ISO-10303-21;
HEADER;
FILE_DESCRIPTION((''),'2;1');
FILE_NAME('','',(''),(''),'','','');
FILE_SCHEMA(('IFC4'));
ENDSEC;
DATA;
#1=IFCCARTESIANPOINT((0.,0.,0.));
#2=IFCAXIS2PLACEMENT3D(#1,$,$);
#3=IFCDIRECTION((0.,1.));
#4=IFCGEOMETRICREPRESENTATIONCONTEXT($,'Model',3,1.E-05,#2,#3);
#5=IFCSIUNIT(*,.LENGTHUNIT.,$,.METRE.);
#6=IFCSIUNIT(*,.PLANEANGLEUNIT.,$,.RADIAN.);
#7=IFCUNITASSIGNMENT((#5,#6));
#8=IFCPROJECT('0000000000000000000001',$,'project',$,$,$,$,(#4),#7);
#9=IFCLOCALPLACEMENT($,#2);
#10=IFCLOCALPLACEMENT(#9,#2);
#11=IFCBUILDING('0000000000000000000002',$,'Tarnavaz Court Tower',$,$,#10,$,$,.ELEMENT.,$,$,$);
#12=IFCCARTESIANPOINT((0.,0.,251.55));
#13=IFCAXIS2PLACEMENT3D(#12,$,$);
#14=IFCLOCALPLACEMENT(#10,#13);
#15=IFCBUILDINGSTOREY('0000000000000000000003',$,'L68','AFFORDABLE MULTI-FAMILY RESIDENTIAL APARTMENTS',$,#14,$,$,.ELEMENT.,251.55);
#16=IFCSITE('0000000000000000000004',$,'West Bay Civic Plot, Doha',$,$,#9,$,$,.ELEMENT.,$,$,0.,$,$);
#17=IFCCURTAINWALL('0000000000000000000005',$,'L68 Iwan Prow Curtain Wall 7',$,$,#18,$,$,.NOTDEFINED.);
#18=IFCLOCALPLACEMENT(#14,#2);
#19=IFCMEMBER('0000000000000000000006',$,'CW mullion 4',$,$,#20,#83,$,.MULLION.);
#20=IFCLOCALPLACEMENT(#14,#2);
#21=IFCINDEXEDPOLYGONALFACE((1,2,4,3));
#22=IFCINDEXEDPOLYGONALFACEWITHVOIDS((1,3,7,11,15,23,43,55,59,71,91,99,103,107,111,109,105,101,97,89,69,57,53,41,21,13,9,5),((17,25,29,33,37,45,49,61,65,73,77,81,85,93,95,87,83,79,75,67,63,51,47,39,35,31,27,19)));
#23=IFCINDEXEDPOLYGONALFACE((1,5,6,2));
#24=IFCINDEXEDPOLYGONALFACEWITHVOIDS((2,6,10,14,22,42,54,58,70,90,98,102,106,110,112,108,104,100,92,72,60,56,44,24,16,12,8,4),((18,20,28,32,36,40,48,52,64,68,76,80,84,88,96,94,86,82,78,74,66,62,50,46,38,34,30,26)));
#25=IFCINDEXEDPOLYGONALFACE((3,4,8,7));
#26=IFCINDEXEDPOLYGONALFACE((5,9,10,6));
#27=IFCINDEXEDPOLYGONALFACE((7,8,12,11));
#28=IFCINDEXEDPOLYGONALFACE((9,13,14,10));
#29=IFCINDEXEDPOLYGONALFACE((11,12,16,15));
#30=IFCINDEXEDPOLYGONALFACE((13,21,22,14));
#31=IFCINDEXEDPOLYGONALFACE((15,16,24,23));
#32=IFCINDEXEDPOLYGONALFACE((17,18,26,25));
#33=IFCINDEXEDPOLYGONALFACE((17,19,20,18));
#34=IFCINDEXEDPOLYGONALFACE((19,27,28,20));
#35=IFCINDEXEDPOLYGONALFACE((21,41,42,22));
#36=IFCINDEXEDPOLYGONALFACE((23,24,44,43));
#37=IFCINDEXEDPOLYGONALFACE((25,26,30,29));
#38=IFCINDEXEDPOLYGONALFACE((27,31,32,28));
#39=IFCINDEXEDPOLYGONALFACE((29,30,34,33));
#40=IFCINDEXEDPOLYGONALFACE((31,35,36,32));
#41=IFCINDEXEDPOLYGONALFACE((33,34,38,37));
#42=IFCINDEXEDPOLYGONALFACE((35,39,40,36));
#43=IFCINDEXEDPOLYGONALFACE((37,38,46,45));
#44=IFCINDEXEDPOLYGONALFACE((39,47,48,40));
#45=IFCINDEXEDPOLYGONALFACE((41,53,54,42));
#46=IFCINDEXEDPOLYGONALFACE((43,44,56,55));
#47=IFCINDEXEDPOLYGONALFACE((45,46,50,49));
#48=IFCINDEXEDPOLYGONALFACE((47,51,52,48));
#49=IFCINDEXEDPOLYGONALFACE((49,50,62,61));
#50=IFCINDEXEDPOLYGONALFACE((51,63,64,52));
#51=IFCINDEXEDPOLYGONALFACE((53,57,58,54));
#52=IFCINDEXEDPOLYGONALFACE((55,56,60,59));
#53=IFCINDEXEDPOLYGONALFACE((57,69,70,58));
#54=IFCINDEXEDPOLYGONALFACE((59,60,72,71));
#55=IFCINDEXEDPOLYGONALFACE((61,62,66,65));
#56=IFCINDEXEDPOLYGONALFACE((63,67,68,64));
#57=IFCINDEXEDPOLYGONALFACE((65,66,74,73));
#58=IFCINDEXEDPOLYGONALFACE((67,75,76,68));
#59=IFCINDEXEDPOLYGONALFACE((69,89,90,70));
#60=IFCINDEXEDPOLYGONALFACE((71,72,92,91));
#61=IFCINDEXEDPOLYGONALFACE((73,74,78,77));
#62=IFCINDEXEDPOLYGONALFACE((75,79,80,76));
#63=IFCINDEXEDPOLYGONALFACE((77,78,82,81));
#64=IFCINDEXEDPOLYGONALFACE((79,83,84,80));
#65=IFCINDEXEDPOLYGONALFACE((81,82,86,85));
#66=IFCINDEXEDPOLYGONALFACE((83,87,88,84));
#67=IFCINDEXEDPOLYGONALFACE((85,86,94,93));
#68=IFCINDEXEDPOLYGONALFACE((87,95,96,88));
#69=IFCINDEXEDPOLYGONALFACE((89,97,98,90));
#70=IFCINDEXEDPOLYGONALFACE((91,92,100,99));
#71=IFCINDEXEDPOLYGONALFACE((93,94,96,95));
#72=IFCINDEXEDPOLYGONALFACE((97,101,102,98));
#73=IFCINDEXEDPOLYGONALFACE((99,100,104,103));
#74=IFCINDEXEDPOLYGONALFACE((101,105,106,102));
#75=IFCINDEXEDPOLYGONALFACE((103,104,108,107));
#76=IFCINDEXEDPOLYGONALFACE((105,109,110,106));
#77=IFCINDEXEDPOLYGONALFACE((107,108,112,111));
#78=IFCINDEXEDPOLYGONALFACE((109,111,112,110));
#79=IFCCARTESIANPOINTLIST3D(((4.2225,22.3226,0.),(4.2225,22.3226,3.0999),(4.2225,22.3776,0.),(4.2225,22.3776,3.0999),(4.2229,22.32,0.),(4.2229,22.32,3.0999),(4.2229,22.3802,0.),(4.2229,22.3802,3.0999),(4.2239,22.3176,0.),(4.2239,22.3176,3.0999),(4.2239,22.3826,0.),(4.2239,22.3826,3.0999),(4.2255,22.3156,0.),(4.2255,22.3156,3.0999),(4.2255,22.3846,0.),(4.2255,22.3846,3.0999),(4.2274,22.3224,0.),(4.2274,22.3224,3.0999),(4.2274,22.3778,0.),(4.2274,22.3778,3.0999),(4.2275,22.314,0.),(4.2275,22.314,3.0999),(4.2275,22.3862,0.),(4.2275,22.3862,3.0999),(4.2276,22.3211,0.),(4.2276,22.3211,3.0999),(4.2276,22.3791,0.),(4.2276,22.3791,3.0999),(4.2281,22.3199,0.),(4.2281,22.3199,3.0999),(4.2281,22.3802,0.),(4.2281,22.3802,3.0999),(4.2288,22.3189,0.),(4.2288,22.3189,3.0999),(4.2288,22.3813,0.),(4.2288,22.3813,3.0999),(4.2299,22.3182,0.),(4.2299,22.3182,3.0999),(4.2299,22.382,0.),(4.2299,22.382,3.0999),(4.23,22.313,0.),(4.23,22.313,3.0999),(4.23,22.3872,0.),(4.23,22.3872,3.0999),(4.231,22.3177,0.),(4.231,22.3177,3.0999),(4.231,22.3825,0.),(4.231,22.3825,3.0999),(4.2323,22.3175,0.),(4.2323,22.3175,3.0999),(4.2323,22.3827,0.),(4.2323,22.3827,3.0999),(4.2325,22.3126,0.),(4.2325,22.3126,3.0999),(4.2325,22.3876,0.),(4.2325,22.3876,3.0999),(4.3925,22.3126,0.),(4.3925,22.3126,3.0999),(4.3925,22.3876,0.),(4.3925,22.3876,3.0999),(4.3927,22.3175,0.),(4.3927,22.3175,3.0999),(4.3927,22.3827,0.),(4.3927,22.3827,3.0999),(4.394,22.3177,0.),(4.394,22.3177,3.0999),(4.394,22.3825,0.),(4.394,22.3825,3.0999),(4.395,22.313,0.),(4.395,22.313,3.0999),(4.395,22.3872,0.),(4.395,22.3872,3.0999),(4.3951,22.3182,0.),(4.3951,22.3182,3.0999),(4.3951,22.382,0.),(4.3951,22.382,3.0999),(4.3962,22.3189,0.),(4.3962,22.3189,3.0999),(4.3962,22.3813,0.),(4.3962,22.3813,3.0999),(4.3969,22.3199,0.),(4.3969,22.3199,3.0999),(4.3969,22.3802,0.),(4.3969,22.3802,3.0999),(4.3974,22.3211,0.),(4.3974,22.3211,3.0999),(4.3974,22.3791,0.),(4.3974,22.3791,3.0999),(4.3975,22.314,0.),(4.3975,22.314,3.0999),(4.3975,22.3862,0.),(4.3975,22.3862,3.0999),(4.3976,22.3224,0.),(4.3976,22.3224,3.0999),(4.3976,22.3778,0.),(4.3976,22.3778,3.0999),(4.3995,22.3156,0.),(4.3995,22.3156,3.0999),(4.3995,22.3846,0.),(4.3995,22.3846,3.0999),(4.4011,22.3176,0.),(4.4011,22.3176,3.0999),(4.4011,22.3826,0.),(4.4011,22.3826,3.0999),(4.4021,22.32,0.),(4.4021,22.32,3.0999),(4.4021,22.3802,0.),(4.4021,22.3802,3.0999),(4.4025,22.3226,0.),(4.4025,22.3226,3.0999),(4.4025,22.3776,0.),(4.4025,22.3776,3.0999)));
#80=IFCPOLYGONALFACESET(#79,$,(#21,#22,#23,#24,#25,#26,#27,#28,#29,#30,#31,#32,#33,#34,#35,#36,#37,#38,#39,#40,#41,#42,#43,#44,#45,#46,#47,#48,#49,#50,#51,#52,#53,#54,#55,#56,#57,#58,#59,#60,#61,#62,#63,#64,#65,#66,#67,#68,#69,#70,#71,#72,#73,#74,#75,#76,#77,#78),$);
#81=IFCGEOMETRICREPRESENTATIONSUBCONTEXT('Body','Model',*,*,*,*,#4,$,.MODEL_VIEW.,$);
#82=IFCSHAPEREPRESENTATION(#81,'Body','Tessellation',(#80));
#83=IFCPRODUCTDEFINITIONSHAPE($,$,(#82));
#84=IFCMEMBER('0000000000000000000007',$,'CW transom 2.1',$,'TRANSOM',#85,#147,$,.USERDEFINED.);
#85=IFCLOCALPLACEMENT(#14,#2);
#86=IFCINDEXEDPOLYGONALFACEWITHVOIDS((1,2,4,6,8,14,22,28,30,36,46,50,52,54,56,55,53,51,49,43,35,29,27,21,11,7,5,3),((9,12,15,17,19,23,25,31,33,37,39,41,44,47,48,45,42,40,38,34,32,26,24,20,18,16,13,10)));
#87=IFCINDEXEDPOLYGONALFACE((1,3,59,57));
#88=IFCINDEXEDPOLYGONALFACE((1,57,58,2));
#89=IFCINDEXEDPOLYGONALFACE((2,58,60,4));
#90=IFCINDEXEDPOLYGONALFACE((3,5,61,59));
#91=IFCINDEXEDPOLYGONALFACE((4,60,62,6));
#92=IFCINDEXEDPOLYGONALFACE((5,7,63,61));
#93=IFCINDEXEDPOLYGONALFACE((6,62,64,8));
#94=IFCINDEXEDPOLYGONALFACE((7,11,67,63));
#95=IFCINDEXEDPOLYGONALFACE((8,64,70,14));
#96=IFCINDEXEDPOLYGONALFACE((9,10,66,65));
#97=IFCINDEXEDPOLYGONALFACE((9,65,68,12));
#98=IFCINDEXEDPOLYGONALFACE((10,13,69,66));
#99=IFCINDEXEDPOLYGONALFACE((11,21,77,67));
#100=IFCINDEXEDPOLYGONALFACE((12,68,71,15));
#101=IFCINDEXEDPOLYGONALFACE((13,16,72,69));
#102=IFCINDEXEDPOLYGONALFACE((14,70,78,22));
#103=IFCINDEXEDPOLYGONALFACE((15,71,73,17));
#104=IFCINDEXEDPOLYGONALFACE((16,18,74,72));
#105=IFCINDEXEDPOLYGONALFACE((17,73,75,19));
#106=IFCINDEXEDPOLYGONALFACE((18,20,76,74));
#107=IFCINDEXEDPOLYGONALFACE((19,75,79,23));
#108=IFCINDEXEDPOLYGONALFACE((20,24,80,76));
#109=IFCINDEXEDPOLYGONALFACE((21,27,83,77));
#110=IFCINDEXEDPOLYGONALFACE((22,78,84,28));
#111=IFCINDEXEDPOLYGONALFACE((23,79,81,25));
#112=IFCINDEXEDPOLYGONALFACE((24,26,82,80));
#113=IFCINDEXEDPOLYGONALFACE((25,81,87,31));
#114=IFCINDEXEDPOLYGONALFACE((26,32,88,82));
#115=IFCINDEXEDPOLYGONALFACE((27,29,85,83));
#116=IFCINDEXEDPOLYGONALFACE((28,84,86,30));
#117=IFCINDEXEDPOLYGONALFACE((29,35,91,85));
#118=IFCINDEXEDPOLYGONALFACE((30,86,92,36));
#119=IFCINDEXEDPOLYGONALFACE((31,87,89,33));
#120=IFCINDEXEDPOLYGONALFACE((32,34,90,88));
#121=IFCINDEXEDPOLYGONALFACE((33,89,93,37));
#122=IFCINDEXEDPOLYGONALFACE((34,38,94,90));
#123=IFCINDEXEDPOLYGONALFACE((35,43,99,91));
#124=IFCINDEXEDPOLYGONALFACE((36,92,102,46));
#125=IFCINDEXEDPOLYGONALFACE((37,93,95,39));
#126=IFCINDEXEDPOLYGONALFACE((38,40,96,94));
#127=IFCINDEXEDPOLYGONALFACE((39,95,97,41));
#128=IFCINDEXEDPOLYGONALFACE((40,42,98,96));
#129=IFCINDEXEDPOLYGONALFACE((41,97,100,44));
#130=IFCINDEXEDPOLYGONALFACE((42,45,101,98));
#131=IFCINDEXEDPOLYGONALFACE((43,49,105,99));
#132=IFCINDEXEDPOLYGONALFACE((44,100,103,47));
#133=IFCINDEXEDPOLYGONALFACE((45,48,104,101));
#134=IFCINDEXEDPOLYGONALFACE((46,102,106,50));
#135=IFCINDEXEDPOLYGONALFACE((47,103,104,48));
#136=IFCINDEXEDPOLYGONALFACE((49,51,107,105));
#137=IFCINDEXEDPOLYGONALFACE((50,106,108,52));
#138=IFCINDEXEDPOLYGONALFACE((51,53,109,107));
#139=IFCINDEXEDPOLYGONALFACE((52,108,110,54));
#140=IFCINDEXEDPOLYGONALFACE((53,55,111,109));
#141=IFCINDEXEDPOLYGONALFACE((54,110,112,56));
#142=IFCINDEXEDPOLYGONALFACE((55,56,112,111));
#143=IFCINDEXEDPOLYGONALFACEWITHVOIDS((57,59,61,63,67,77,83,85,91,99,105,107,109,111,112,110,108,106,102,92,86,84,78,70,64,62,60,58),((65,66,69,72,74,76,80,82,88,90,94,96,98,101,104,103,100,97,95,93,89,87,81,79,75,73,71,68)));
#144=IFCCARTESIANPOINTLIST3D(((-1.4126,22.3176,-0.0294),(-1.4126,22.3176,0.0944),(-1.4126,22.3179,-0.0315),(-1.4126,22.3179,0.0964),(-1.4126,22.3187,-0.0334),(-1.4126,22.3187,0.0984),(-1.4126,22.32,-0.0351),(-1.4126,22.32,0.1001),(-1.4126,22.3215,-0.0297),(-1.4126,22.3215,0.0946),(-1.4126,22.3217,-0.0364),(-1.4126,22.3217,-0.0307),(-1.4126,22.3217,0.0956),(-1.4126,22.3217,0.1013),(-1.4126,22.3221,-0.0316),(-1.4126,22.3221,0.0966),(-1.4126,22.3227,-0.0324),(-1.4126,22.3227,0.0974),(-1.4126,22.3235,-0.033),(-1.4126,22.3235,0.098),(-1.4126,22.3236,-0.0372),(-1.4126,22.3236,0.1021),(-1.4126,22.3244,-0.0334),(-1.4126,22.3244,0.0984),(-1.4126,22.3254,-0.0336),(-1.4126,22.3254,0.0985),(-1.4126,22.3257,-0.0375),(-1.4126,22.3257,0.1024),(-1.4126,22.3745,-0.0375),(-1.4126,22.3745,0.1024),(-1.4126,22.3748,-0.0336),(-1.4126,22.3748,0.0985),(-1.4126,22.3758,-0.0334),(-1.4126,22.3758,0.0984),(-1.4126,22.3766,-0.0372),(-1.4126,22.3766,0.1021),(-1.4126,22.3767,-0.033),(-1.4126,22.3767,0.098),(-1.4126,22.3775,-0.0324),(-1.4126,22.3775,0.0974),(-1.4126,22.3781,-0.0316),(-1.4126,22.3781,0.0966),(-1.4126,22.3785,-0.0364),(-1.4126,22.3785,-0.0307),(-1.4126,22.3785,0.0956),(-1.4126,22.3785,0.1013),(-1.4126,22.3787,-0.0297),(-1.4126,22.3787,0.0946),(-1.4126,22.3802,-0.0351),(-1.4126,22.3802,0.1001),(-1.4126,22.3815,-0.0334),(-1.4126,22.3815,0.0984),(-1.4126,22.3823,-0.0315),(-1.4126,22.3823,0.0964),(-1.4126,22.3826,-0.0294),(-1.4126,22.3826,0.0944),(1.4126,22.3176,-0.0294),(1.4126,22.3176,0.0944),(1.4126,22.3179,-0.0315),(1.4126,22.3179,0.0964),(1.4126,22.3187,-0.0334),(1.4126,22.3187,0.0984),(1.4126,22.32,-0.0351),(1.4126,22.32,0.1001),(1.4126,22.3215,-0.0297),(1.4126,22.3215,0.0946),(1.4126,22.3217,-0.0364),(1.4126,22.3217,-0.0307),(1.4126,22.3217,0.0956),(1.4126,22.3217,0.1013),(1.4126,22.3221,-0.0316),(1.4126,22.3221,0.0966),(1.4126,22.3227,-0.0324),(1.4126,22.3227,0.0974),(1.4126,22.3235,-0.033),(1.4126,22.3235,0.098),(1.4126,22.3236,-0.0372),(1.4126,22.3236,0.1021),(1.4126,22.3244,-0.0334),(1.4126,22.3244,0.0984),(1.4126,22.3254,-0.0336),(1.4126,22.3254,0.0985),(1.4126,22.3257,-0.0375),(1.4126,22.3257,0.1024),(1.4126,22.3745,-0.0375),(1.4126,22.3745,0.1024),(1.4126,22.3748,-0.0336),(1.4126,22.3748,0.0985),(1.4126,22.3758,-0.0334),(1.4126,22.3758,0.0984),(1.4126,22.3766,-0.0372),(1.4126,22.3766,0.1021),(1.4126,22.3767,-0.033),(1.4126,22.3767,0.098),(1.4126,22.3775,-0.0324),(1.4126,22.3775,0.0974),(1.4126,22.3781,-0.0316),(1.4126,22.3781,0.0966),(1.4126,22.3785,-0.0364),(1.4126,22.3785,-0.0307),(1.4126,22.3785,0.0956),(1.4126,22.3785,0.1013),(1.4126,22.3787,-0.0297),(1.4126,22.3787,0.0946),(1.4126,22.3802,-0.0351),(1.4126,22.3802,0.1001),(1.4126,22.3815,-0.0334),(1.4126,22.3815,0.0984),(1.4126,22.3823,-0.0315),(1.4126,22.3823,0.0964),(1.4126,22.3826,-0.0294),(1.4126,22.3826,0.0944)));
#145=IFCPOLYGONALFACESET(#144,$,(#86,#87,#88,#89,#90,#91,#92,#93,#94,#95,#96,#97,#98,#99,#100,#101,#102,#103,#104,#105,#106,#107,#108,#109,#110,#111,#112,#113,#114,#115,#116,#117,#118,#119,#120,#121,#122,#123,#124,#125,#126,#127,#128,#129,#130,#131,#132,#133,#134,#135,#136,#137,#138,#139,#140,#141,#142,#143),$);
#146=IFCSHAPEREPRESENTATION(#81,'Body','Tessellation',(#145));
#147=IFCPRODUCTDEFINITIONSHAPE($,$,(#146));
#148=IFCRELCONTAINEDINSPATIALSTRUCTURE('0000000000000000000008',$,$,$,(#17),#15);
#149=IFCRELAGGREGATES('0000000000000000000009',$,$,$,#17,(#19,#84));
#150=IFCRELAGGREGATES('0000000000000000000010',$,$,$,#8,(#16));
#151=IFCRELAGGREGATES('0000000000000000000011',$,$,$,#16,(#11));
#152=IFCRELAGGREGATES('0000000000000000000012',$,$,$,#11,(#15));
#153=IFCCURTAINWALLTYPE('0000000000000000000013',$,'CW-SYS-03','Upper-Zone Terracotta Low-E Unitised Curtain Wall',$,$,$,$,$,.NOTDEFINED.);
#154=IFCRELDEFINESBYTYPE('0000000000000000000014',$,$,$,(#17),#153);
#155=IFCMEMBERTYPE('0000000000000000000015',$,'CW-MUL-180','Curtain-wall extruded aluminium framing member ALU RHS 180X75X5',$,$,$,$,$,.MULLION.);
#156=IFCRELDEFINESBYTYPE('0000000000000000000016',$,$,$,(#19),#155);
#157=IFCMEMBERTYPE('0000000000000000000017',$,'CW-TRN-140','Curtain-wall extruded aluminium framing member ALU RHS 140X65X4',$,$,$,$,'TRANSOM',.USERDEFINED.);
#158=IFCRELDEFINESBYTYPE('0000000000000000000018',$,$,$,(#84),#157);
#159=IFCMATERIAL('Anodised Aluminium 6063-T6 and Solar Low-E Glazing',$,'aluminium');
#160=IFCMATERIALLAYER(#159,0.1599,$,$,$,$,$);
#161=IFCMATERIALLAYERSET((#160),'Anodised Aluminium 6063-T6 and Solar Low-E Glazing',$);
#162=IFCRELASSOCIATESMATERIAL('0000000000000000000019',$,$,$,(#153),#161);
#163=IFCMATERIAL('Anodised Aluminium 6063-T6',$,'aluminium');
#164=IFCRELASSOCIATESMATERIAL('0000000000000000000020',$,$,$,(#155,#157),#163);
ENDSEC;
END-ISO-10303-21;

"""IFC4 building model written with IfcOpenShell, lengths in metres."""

from ifc_helpers import new_model, si_unit, direction, frame, origin, origin_2d, place, context, subcontext, project, spatial, hollow_rectangle, extrude, material, layer, layer_set, material_profile, profile_set, type_object, element, aggregate, save


model = new_model("IFC4")

# Units and contexts
model_context = context("Model", 3, precision=1e-05, world=origin(), true_north=direction((0.0, 1.0)))
body_context = subcontext(model_context, "Body", "Model", "MODEL_VIEW")
ifc_project = project(units=[si_unit("LENGTHUNIT", "METRE"), si_unit("PLANEANGLEUNIT", "RADIAN")], contexts=[model_context])

# Site, building, storey
site_placement = place(None, origin())
site = spatial("IfcSite", under=ifc_project, at=site_placement, Name="West Bay Civic Plot, Doha", CompositionType="ELEMENT", RefElevation=0.0)
building_placement = place(site_placement, origin())
building = spatial("IfcBuilding", under=site, at=building_placement, Name="Tarnavaz Court Tower", CompositionType="ELEMENT")
storey_placement = place(building_placement, frame((0.0, 0.0, 251.55)))
storey = spatial("IfcBuildingStorey", under=building, at=storey_placement, Name="L68", Description="AFFORDABLE MULTI-FAMILY RESIDENTIAL APARTMENTS", CompositionType="ELEMENT", Elevation=251.55)

# Curtain wall, members
ifc_material_1 = material(Name="Anodised Aluminium 6063-T6 and Solar Low-E Glazing", Category="aluminium")
ifc_layer_1 = layer(ifc_material_1, 0.1599)
ifc_layer_set_1 = layer_set([ifc_layer_1], Name="Anodised Aluminium 6063-T6 and Solar Low-E Glazing")
curtain_wall_type = type_object("IfcCurtainWallType", Name="CW-SYS-03", Description="Upper-Zone Terracotta Low-E Unitised Curtain Wall", PredefinedType="NOTDEFINED", material=ifc_layer_set_1)
curtain_wall_placement = place(storey_placement, origin())
curtain_wall = element("IfcCurtainWall", 1, at=curtain_wall_placement, inside=storey, type_object=curtain_wall_type, Name="L68 Iwan Prow Curtain Wall 7", PredefinedType="NOTDEFINED")
ifc_material_2 = material(Name="Anodised Aluminium 6063-T6", Category="aluminium")
ifc_material_profile_1 = material_profile(ifc_material_2, hollow_rectangle(XDim=0.075, YDim=0.1799, WallThickness=0.0049, InnerFilletRadius=0.0049, OuterFilletRadius=0.01, at=origin_2d()), Name="ALU RHS 180X75X5")
ifc_profile_set_1 = profile_set([ifc_material_profile_1], Name="Anodised Aluminium 6063-T6")
member_type_1 = type_object("IfcMemberType", Name="CW-MUL-180", Description="Curtain-wall extruded aluminium framing member ALU RHS 180X75X5", PredefinedType="MULLION", material=ifc_profile_set_1)
member_1_placement = place(storey_placement, frame((4.3125, 22.3501, 0.0), z_axis=(0.0, 0.0, 1.0), x_axis=(0.0, 1.0, 0.0)))
member_1 = element("IfcMember", 2, at=member_1_placement, type_object=member_type_1, Name="CW mullion 4", PredefinedType="MULLION", context=body_context, shape_type="SweptSolid", body=[
    extrude(hollow_rectangle(XDim=0.075, YDim=0.1799, WallThickness=0.0049, InnerFilletRadius=0.0049, OuterFilletRadius=0.01, at=origin_2d()), origin(), (0.0, 0.0, 1.0), 3.0999),
])
ifc_material_profile_2 = material_profile(ifc_material_2, hollow_rectangle(XDim=0.0649, YDim=0.1399, WallThickness=0.0039, InnerFilletRadius=0.0039, OuterFilletRadius=0.0081, at=origin_2d()), Name="ALU RHS 140X65X4")
ifc_profile_set_2 = profile_set([ifc_material_profile_2], Name="Anodised Aluminium 6063-T6")
member_type_2 = type_object("IfcMemberType", Name="CW-TRN-140", Description="Curtain-wall extruded aluminium framing member ALU RHS 140X65X4", ElementType="TRANSOM", PredefinedType="USERDEFINED", material=ifc_profile_set_2)
member_2_placement = place(storey_placement, frame((-1.4126, 22.3501, 0.0325), z_axis=(1.0, 0.0, 0.0), x_axis=(0.0, 1.0, 0.0)))
member_2 = element("IfcMember", 3, at=member_2_placement, type_object=member_type_2, Name="CW transom 2.1", ObjectType="TRANSOM", PredefinedType="USERDEFINED", context=body_context, shape_type="SweptSolid", body=[
    extrude(hollow_rectangle(XDim=0.0649, YDim=0.1399, WallThickness=0.0039, InnerFilletRadius=0.0039, OuterFilletRadius=0.0081, at=origin_2d()), origin(), (0.0, 0.0, 1.0), 2.8252),
])
aggregate(curtain_wall, [member_1, member_2])

save(model, "model.ifc")
